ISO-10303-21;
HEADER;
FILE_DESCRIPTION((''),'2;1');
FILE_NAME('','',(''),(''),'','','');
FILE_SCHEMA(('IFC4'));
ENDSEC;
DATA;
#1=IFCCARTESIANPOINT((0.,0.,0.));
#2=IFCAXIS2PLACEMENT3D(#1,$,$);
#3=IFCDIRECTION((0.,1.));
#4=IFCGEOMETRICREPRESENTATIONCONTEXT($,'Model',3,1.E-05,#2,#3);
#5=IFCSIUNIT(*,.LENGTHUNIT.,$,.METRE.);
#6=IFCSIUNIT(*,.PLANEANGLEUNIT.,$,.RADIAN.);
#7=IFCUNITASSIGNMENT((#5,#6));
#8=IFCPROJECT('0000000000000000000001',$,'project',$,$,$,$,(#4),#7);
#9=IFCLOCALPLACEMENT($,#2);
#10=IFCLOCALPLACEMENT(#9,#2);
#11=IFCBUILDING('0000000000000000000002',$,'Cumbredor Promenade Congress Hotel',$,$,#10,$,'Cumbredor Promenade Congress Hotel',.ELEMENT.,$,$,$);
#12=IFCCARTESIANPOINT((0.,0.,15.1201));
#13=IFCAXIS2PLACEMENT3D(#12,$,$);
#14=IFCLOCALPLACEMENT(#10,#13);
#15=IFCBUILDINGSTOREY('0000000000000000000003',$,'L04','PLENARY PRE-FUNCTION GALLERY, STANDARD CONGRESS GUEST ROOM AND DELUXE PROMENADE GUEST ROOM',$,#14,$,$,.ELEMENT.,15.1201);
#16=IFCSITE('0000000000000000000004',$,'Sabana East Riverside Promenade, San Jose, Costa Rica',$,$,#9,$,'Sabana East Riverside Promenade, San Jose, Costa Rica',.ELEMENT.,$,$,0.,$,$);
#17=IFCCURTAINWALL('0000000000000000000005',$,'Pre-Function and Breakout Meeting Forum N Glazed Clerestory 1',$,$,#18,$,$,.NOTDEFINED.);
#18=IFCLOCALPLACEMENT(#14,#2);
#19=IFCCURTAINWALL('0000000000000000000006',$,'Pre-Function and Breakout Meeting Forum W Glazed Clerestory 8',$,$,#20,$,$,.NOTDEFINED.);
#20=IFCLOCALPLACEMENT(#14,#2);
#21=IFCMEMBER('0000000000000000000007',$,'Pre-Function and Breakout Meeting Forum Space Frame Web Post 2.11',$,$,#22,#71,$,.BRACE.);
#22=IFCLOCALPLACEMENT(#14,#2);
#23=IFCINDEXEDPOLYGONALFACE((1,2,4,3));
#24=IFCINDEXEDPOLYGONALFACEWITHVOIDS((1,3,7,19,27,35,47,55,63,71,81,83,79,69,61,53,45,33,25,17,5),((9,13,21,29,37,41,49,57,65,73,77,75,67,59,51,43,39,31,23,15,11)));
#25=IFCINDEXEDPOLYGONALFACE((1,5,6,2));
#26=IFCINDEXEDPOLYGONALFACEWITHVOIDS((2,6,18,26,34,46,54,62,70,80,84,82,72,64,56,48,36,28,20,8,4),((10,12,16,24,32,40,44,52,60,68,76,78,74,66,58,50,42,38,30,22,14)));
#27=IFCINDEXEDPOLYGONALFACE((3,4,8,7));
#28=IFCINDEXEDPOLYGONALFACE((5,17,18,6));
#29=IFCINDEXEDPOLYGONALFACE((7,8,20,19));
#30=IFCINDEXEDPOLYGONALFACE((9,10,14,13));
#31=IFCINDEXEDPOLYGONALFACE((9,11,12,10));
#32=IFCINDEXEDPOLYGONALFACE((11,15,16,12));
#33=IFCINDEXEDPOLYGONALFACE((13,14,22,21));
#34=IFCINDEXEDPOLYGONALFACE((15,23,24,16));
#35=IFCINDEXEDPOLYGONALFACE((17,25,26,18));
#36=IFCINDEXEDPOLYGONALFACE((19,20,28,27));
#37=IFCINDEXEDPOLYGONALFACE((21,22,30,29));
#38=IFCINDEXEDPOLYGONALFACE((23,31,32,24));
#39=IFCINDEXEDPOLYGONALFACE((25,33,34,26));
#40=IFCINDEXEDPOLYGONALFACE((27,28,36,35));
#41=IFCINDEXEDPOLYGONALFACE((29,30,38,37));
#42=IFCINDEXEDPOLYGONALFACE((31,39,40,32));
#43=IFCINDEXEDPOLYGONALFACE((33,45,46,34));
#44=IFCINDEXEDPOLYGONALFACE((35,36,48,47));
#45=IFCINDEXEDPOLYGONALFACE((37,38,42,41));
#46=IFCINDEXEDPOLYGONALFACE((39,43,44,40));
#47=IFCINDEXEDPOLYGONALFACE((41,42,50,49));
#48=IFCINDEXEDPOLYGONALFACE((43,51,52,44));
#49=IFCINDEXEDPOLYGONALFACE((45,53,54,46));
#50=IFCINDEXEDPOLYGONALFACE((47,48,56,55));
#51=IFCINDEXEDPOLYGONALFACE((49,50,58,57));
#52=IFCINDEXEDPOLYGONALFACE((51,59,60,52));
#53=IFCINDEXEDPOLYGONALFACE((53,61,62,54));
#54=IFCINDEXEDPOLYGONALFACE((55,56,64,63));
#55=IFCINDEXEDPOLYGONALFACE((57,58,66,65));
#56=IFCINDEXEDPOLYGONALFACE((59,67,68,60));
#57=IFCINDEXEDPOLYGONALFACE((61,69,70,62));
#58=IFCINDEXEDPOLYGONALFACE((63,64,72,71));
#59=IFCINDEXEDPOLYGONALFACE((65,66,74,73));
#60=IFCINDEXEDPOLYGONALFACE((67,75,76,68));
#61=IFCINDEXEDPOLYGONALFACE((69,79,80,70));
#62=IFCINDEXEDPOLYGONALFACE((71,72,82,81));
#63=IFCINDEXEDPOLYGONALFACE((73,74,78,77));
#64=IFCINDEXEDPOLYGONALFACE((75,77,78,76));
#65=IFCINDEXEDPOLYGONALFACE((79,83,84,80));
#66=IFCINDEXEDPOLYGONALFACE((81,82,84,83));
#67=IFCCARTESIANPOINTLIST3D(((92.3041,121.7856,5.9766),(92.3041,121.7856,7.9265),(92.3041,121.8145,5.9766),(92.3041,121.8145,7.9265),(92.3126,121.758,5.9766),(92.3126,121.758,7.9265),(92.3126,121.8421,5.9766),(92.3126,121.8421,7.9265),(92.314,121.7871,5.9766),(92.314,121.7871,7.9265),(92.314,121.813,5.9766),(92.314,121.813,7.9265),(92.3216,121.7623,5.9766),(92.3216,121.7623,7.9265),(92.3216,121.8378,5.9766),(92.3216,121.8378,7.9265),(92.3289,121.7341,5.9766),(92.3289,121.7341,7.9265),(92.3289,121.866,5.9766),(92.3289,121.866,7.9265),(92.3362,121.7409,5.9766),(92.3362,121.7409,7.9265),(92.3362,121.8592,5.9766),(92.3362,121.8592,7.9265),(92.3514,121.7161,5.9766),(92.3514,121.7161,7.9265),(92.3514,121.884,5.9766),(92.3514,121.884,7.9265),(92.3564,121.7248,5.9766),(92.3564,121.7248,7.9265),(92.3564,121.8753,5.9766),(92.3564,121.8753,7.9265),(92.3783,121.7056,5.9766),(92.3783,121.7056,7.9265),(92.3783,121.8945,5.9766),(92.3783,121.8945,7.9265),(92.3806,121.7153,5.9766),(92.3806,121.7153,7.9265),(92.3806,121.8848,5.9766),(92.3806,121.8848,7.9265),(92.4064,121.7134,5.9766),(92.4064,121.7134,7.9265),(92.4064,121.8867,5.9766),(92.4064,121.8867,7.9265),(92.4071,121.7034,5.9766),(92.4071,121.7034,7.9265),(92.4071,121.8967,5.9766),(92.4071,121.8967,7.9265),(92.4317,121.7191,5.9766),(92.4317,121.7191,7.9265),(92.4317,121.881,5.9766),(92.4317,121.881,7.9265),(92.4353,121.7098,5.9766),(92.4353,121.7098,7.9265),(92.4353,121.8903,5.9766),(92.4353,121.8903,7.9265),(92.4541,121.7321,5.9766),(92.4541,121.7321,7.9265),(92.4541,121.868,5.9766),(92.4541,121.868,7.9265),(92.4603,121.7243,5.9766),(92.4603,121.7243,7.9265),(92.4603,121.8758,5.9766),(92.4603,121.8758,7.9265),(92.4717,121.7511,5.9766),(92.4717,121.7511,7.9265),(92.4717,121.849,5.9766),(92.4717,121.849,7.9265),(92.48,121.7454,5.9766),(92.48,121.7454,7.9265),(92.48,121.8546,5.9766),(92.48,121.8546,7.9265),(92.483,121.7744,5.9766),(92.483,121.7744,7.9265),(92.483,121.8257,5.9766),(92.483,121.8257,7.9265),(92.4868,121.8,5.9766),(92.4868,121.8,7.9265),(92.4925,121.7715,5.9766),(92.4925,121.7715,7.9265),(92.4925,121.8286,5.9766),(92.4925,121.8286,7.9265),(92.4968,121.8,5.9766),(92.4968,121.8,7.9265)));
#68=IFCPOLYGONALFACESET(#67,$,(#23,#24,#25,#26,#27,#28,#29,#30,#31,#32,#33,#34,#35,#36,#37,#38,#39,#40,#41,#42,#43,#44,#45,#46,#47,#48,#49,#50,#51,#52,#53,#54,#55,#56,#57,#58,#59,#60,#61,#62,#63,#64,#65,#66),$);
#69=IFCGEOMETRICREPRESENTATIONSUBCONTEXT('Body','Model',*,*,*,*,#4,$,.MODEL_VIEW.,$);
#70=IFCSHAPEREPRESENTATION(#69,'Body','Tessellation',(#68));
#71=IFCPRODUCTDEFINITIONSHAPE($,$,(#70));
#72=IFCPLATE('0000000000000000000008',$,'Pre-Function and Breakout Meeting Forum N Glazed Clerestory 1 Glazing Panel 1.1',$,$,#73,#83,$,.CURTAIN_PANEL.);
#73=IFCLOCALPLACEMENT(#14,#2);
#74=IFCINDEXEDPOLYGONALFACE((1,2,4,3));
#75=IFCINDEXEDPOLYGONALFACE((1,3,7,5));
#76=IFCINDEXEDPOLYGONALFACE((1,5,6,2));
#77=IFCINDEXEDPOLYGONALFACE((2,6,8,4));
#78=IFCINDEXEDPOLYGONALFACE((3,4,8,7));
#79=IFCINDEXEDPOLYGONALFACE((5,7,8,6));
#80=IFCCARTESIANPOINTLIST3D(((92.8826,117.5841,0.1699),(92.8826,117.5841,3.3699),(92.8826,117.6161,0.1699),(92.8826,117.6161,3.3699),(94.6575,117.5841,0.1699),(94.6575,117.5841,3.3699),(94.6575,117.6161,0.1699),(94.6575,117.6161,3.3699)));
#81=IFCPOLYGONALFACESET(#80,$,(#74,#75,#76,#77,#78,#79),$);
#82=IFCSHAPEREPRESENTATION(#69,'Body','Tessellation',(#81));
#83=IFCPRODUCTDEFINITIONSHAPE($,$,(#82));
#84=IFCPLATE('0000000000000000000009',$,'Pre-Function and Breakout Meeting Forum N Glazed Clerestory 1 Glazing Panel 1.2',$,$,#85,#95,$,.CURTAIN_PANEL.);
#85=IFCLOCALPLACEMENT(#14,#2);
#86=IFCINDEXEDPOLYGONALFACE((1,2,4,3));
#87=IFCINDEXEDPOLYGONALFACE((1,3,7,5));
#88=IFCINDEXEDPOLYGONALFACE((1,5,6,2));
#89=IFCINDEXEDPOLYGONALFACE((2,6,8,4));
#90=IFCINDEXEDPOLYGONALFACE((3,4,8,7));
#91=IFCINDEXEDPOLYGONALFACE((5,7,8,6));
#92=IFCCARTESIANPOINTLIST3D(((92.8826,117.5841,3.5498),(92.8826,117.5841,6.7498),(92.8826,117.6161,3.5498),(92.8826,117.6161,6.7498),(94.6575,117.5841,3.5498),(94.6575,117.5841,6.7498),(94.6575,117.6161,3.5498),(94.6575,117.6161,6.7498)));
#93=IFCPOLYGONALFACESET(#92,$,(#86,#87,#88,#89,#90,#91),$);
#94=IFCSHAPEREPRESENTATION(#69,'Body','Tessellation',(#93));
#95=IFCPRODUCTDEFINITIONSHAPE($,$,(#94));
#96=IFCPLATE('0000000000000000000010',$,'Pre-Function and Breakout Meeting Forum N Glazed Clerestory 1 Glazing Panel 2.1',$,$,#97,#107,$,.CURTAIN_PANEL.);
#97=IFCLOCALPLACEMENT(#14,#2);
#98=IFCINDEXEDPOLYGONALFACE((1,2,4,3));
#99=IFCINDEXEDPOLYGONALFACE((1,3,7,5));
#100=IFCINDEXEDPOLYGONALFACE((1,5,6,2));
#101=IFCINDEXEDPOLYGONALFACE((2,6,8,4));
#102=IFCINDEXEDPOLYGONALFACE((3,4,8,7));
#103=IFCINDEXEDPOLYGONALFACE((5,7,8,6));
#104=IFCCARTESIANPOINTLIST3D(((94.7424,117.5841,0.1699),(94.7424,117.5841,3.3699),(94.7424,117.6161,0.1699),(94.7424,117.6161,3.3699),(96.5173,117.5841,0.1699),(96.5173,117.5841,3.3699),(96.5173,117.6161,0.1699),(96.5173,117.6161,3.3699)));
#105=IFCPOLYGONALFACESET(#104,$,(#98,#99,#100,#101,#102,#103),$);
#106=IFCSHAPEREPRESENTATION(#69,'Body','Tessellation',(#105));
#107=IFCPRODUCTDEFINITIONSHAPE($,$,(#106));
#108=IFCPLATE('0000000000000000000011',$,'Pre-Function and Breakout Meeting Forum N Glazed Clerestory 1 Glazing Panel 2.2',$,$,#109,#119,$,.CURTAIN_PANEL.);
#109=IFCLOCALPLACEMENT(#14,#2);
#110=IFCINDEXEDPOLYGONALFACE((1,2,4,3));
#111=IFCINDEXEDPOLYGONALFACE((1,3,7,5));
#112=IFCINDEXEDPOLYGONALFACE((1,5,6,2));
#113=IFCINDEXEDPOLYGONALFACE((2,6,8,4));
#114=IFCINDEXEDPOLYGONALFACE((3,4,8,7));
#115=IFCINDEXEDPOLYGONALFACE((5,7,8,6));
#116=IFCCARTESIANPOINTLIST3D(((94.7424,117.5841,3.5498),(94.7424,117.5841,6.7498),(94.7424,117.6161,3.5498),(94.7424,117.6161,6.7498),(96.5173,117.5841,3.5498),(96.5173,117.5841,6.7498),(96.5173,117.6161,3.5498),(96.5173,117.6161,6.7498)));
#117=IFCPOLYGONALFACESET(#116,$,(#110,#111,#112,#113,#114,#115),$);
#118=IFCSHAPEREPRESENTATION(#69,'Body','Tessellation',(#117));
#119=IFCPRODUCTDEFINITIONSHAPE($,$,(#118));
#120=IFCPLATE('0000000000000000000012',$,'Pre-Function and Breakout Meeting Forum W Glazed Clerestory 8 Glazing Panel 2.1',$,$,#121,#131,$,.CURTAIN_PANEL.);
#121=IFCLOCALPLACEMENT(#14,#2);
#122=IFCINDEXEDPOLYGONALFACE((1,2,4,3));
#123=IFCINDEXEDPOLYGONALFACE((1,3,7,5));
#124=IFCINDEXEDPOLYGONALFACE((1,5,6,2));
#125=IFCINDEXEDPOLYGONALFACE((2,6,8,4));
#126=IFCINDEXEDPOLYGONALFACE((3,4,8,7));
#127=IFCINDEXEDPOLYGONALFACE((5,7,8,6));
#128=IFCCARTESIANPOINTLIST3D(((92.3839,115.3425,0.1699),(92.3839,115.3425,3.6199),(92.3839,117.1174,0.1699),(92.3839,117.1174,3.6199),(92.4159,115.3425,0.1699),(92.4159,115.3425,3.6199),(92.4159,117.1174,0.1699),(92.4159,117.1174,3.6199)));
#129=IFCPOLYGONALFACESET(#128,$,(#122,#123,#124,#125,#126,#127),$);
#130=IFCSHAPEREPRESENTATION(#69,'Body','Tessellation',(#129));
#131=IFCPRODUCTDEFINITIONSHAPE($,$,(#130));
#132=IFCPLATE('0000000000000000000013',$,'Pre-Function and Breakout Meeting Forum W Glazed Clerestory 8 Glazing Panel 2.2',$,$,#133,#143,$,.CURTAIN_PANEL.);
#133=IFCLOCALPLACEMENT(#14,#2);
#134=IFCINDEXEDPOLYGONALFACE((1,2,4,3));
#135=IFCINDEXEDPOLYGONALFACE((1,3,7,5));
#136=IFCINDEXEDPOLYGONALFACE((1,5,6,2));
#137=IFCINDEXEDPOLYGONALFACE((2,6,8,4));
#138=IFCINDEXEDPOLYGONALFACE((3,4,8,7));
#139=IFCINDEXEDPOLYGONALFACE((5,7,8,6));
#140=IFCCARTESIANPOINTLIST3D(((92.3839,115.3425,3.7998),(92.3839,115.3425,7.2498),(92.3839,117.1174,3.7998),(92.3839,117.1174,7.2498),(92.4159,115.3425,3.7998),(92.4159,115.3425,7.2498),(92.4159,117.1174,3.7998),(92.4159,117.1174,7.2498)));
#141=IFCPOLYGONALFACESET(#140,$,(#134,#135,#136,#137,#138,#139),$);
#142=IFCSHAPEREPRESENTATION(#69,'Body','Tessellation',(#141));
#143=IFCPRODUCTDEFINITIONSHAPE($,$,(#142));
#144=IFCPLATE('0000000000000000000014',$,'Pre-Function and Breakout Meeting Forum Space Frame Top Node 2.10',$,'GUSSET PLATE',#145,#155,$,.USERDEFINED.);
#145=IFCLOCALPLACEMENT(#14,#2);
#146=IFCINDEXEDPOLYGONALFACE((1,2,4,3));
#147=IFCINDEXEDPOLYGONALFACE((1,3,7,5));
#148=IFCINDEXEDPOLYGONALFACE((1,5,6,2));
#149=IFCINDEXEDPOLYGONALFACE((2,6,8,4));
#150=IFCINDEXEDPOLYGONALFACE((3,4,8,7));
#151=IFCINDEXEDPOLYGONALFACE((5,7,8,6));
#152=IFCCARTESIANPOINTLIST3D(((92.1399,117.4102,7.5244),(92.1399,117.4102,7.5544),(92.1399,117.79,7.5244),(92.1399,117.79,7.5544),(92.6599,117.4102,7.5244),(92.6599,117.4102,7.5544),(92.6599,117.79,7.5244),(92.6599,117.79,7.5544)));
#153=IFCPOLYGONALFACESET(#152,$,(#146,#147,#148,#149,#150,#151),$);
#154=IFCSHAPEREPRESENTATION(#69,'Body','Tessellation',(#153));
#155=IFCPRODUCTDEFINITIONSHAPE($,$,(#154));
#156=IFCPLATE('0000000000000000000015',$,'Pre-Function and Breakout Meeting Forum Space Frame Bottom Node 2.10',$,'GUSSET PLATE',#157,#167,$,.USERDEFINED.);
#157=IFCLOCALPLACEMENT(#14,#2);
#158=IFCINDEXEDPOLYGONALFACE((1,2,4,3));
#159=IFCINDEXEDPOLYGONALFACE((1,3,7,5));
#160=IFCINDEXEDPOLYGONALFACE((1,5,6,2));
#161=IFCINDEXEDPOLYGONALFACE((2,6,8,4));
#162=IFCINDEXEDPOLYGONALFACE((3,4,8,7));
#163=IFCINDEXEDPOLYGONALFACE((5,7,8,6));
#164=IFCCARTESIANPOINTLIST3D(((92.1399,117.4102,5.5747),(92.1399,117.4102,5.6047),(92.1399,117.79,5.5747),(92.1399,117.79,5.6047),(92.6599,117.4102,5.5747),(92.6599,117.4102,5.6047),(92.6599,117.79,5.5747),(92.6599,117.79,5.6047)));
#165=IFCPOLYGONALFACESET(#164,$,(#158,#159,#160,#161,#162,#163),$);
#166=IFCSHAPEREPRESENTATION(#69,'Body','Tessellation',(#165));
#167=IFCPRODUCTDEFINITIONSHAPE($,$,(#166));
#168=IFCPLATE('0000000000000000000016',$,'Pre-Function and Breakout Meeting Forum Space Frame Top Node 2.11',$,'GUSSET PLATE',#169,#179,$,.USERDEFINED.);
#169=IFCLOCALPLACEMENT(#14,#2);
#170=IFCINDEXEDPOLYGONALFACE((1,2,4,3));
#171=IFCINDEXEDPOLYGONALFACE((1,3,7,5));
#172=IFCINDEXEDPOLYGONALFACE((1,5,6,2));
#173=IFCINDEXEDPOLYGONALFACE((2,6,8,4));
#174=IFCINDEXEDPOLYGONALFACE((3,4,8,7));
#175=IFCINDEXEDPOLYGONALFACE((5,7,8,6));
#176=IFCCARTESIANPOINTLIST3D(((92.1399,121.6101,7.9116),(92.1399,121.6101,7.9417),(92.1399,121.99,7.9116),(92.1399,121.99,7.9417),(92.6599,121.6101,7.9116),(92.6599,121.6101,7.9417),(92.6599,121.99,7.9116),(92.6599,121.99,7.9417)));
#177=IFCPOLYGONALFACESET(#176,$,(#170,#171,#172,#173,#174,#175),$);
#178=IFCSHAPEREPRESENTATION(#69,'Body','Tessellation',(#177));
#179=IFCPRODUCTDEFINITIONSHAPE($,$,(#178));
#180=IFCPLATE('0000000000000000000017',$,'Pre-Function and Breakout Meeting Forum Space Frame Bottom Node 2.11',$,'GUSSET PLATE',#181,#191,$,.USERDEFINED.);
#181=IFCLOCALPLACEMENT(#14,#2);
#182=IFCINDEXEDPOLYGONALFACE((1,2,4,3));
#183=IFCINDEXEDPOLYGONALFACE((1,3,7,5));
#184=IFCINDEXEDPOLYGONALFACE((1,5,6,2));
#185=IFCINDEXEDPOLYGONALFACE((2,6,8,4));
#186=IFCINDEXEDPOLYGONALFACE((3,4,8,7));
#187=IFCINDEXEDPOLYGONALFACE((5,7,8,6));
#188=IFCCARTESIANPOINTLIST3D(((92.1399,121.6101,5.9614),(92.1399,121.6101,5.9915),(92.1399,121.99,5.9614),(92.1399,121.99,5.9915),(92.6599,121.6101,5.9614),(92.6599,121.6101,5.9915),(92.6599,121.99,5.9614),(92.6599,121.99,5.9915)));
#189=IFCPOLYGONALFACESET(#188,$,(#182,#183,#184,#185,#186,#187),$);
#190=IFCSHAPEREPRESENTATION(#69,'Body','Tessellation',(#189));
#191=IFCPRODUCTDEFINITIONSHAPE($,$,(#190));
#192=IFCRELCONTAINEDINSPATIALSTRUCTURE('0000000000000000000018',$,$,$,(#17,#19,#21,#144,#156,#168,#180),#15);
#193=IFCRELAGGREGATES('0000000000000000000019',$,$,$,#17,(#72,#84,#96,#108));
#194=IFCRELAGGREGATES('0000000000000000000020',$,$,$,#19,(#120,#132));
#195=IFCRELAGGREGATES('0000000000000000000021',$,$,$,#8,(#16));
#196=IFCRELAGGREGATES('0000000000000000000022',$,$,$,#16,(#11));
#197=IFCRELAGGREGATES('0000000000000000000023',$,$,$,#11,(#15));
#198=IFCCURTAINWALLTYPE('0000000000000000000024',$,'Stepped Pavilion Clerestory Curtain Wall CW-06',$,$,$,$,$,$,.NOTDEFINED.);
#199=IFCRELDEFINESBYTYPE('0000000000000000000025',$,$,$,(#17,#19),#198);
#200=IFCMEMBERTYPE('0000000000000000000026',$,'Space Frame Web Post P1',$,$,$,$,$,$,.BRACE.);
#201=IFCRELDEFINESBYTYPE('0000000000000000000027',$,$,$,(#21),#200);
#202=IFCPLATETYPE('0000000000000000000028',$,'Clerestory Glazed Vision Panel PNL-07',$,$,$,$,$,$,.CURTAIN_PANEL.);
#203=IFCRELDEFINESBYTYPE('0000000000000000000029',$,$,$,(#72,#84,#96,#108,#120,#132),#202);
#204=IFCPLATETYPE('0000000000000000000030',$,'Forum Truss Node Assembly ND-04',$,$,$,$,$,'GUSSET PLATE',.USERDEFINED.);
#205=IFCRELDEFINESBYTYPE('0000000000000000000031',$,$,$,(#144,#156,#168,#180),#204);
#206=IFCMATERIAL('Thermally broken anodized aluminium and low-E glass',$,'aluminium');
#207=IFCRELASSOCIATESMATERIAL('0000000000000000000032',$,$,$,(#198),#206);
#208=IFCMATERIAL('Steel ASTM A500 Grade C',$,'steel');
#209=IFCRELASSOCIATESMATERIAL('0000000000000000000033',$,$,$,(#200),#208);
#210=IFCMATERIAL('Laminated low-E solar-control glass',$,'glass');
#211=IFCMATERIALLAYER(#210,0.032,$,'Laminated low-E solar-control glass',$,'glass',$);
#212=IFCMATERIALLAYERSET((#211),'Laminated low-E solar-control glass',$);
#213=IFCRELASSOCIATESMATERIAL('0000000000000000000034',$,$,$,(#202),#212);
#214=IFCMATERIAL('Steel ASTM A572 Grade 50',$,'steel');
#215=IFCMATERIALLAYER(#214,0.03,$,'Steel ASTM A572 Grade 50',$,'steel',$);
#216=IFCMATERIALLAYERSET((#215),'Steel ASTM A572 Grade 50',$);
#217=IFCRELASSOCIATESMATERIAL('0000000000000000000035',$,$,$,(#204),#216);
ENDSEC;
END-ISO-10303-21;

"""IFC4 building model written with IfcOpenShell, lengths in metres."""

from ifc_helpers import new_model, si_unit, direction, frame, origin, origin_2d, place, context, subcontext, project, spatial, rectangle, hollow_circle, extrude, material, layer, layer_set, material_profile, profile_set, type_object, element, aggregate, save


model = new_model("IFC4")

# Units and contexts
model_context = context("Model", 3, precision=1e-05, world=origin(), true_north=direction((0.0, 1.0)))
body_context = subcontext(model_context, "Body", "Model", "MODEL_VIEW")
ifc_project = project(units=[si_unit("LENGTHUNIT", "METRE"), si_unit("PLANEANGLEUNIT", "RADIAN")], contexts=[model_context])

# Site, building, storey
site_placement = place(None, origin())
site = spatial("IfcSite", under=ifc_project, at=site_placement, Name="Sabana East Riverside Promenade, San Jose, Costa Rica", LongName="Sabana East Riverside Promenade, San Jose, Costa Rica", CompositionType="ELEMENT", RefElevation=0.0)
building_placement = place(site_placement, origin())
building = spatial("IfcBuilding", under=site, at=building_placement, Name="Cumbredor Promenade Congress Hotel", LongName="Cumbredor Promenade Congress Hotel", CompositionType="ELEMENT")
storey_placement = place(building_placement, frame((0.0, 0.0, 15.1201)))
storey = spatial("IfcBuildingStorey", under=building, at=storey_placement, Name="L04", Description="PLENARY PRE-FUNCTION GALLERY, STANDARD CONGRESS GUEST ROOM AND DELUXE PROMENADE GUEST ROOM", CompositionType="ELEMENT", Elevation=15.1201)

# Curtain wall
ifc_material_1 = material(Name="Thermally broken anodized aluminium and low-E glass", Category="aluminium")
curtain_wall_type = type_object("IfcCurtainWallType", Name="Stepped Pavilion Clerestory Curtain Wall CW-06", PredefinedType="NOTDEFINED", material=ifc_material_1)
curtain_wall_1_placement = place(storey_placement, origin())
curtain_wall_1 = element("IfcCurtainWall", 1, at=curtain_wall_1_placement, inside=storey, type_object=curtain_wall_type, Name="Pre-Function and Breakout Meeting Forum N Glazed Clerestory 1", PredefinedType="NOTDEFINED")

# Curtain wall
curtain_wall_2_placement = place(storey_placement, origin())
curtain_wall_2 = element("IfcCurtainWall", 2, at=curtain_wall_2_placement, inside=storey, type_object=curtain_wall_type, Name="Pre-Function and Breakout Meeting Forum W Glazed Clerestory 8", PredefinedType="NOTDEFINED")

# Member
ifc_material_2 = material(Name="Steel ASTM A500 Grade C", Category="steel")
ifc_material_profile_1 = material_profile(ifc_material_2, hollow_circle(Radius=0.0969, WallThickness=0.01, at=origin_2d()), Name="CHS 193.7x10")
ifc_profile_set_1 = profile_set([ifc_material_profile_1], Name="Steel ASTM A500 Grade C")
member_type_1 = type_object("IfcMemberType", Name="Space Frame Web Post P1", PredefinedType="BRACE", material=ifc_profile_set_1)
for number, where, z_axis, x_axis, name in (
    (3, (92.3999, 121.8, 5.9766), (0.0, 0.0, 1.0), (1.0, 0.0, 0.0), "Pre-Function and Breakout Meeting Forum Space Frame Web Post 2.11"),
):
    element("IfcMember", number, at=place(storey_placement, frame(where, z_axis=z_axis, x_axis=x_axis)), inside=storey, type_object=member_type_1, Name=name, PredefinedType="BRACE", context=body_context, shape_type="SweptSolid", body=[
        extrude(hollow_circle(Radius=0.0969, WallThickness=0.01, at=origin_2d()), origin(), (0.0, 0.0, 1.0), 1.95),
    ])

# Plates
ifc_material_3 = material(Name="Laminated low-E solar-control glass", Category="glass")
ifc_layer_1 = layer(ifc_material_3, 0.032, Name="Laminated low-E solar-control glass", Category="glass")
ifc_layer_set_1 = layer_set([ifc_layer_1], Name="Laminated low-E solar-control glass")
plate_type_1 = type_object("IfcPlateType", Name="Clerestory Glazed Vision Panel PNL-07", PredefinedType="CURTAIN_PANEL", material=ifc_layer_set_1)
plate_1_placement = place(storey_placement, frame((93.77, 117.6001, 0.1699), z_axis=(0.0, 0.0, 1.0), x_axis=(1.0, 0.0, 0.0)))
plate_1 = element("IfcPlate", 4, at=plate_1_placement, type_object=plate_type_1, Name="Pre-Function and Breakout Meeting Forum N Glazed Clerestory 1 Glazing Panel 1.1", PredefinedType="CURTAIN_PANEL", context=body_context, shape_type="SweptSolid", body=[
    extrude(rectangle(XDim=1.7749, YDim=0.032, at=origin_2d()), origin(), (0.0, 0.0, 1.0), 3.2),
])
plate_2_placement = place(storey_placement, frame((93.77, 117.6001, 3.5498), z_axis=(0.0, 0.0, 1.0), x_axis=(1.0, 0.0, 0.0)))
plate_2 = element("IfcPlate", 5, at=plate_2_placement, type_object=plate_type_1, Name="Pre-Function and Breakout Meeting Forum N Glazed Clerestory 1 Glazing Panel 1.2", PredefinedType="CURTAIN_PANEL", context=body_context, shape_type="SweptSolid", body=[
    extrude(rectangle(XDim=1.7749, YDim=0.032, at=origin_2d()), origin(), (0.0, 0.0, 1.0), 3.2),
])
plate_3_placement = place(storey_placement, frame((95.6299, 117.6001, 0.1699), z_axis=(0.0, 0.0, 1.0), x_axis=(1.0, 0.0, 0.0)))
plate_3 = element("IfcPlate", 6, at=plate_3_placement, type_object=plate_type_1, Name="Pre-Function and Breakout Meeting Forum N Glazed Clerestory 1 Glazing Panel 2.1", PredefinedType="CURTAIN_PANEL", context=body_context, shape_type="SweptSolid", body=[
    extrude(rectangle(XDim=1.7749, YDim=0.032, at=origin_2d()), origin(), (0.0, 0.0, 1.0), 3.2),
])
plate_4_placement = place(storey_placement, frame((95.6299, 117.6001, 3.5498), z_axis=(0.0, 0.0, 1.0), x_axis=(1.0, 0.0, 0.0)))
plate_4 = element("IfcPlate", 7, at=plate_4_placement, type_object=plate_type_1, Name="Pre-Function and Breakout Meeting Forum N Glazed Clerestory 1 Glazing Panel 2.2", PredefinedType="CURTAIN_PANEL", context=body_context, shape_type="SweptSolid", body=[
    extrude(rectangle(XDim=1.7749, YDim=0.032, at=origin_2d()), origin(), (0.0, 0.0, 1.0), 3.2),
])
aggregate(curtain_wall_1, [plate_1, plate_2, plate_3, plate_4])
plate_5_placement = place(storey_placement, frame((92.3999, 116.23, 0.1699), z_axis=(0.0, 0.0, 1.0), x_axis=(0.0, 1.0, 0.0)))
plate_5 = element("IfcPlate", 8, at=plate_5_placement, type_object=plate_type_1, Name="Pre-Function and Breakout Meeting Forum W Glazed Clerestory 8 Glazing Panel 2.1", PredefinedType="CURTAIN_PANEL", context=body_context, shape_type="SweptSolid", body=[
    extrude(rectangle(XDim=1.7749, YDim=0.032, at=origin_2d()), origin(), (0.0, 0.0, 1.0), 3.45),
])
plate_6_placement = place(storey_placement, frame((92.3999, 116.23, 3.7998), z_axis=(0.0, 0.0, 1.0), x_axis=(0.0, 1.0, 0.0)))
plate_6 = element("IfcPlate", 9, at=plate_6_placement, type_object=plate_type_1, Name="Pre-Function and Breakout Meeting Forum W Glazed Clerestory 8 Glazing Panel 2.2", PredefinedType="CURTAIN_PANEL", context=body_context, shape_type="SweptSolid", body=[
    extrude(rectangle(XDim=1.7749, YDim=0.032, at=origin_2d()), origin(), (0.0, 0.0, 1.0), 3.45),
])
aggregate(curtain_wall_2, [plate_5, plate_6])

# Plates
ifc_material_4 = material(Name="Steel ASTM A572 Grade 50", Category="steel")
ifc_layer_2 = layer(ifc_material_4, 0.03, Name="Steel ASTM A572 Grade 50", Category="steel")
ifc_layer_set_2 = layer_set([ifc_layer_2], Name="Steel ASTM A572 Grade 50")
plate_type_2 = type_object("IfcPlateType", Name="Forum Truss Node Assembly ND-04", ElementType="GUSSET PLATE", PredefinedType="USERDEFINED", material=ifc_layer_set_2)
for number, where, z_axis, x_axis, name in (
    (10, (92.3999, 117.6001, 7.5244), (0.0, 0.0, 1.0), (1.0, 0.0, 0.0), "Pre-Function and Breakout Meeting Forum Space Frame Top Node 2.10"),
    (11, (92.3999, 117.6001, 5.5747), (0.0, 0.0, 1.0), (1.0, 0.0, 0.0), "Pre-Function and Breakout Meeting Forum Space Frame Bottom Node 2.10"),
    (12, (92.3999, 121.8, 7.9116), (0.0, 0.0, 1.0), (1.0, 0.0, 0.0), "Pre-Function and Breakout Meeting Forum Space Frame Top Node 2.11"),
    (13, (92.3999, 121.8, 5.9614), (0.0, 0.0, 1.0), (1.0, 0.0, 0.0), "Pre-Function and Breakout Meeting Forum Space Frame Bottom Node 2.11"),
):
    element("IfcPlate", number, at=place(storey_placement, frame(where, z_axis=z_axis, x_axis=x_axis)), inside=storey, type_object=plate_type_2, Name=name, ObjectType="GUSSET PLATE", PredefinedType="USERDEFINED", context=body_context, shape_type="SweptSolid", body=[
        extrude(rectangle(XDim=0.52, YDim=0.3799, at=origin_2d()), origin(), (0.0, 0.0, 1.0), 0.03),
    ])

save(model, "model.ifc")
